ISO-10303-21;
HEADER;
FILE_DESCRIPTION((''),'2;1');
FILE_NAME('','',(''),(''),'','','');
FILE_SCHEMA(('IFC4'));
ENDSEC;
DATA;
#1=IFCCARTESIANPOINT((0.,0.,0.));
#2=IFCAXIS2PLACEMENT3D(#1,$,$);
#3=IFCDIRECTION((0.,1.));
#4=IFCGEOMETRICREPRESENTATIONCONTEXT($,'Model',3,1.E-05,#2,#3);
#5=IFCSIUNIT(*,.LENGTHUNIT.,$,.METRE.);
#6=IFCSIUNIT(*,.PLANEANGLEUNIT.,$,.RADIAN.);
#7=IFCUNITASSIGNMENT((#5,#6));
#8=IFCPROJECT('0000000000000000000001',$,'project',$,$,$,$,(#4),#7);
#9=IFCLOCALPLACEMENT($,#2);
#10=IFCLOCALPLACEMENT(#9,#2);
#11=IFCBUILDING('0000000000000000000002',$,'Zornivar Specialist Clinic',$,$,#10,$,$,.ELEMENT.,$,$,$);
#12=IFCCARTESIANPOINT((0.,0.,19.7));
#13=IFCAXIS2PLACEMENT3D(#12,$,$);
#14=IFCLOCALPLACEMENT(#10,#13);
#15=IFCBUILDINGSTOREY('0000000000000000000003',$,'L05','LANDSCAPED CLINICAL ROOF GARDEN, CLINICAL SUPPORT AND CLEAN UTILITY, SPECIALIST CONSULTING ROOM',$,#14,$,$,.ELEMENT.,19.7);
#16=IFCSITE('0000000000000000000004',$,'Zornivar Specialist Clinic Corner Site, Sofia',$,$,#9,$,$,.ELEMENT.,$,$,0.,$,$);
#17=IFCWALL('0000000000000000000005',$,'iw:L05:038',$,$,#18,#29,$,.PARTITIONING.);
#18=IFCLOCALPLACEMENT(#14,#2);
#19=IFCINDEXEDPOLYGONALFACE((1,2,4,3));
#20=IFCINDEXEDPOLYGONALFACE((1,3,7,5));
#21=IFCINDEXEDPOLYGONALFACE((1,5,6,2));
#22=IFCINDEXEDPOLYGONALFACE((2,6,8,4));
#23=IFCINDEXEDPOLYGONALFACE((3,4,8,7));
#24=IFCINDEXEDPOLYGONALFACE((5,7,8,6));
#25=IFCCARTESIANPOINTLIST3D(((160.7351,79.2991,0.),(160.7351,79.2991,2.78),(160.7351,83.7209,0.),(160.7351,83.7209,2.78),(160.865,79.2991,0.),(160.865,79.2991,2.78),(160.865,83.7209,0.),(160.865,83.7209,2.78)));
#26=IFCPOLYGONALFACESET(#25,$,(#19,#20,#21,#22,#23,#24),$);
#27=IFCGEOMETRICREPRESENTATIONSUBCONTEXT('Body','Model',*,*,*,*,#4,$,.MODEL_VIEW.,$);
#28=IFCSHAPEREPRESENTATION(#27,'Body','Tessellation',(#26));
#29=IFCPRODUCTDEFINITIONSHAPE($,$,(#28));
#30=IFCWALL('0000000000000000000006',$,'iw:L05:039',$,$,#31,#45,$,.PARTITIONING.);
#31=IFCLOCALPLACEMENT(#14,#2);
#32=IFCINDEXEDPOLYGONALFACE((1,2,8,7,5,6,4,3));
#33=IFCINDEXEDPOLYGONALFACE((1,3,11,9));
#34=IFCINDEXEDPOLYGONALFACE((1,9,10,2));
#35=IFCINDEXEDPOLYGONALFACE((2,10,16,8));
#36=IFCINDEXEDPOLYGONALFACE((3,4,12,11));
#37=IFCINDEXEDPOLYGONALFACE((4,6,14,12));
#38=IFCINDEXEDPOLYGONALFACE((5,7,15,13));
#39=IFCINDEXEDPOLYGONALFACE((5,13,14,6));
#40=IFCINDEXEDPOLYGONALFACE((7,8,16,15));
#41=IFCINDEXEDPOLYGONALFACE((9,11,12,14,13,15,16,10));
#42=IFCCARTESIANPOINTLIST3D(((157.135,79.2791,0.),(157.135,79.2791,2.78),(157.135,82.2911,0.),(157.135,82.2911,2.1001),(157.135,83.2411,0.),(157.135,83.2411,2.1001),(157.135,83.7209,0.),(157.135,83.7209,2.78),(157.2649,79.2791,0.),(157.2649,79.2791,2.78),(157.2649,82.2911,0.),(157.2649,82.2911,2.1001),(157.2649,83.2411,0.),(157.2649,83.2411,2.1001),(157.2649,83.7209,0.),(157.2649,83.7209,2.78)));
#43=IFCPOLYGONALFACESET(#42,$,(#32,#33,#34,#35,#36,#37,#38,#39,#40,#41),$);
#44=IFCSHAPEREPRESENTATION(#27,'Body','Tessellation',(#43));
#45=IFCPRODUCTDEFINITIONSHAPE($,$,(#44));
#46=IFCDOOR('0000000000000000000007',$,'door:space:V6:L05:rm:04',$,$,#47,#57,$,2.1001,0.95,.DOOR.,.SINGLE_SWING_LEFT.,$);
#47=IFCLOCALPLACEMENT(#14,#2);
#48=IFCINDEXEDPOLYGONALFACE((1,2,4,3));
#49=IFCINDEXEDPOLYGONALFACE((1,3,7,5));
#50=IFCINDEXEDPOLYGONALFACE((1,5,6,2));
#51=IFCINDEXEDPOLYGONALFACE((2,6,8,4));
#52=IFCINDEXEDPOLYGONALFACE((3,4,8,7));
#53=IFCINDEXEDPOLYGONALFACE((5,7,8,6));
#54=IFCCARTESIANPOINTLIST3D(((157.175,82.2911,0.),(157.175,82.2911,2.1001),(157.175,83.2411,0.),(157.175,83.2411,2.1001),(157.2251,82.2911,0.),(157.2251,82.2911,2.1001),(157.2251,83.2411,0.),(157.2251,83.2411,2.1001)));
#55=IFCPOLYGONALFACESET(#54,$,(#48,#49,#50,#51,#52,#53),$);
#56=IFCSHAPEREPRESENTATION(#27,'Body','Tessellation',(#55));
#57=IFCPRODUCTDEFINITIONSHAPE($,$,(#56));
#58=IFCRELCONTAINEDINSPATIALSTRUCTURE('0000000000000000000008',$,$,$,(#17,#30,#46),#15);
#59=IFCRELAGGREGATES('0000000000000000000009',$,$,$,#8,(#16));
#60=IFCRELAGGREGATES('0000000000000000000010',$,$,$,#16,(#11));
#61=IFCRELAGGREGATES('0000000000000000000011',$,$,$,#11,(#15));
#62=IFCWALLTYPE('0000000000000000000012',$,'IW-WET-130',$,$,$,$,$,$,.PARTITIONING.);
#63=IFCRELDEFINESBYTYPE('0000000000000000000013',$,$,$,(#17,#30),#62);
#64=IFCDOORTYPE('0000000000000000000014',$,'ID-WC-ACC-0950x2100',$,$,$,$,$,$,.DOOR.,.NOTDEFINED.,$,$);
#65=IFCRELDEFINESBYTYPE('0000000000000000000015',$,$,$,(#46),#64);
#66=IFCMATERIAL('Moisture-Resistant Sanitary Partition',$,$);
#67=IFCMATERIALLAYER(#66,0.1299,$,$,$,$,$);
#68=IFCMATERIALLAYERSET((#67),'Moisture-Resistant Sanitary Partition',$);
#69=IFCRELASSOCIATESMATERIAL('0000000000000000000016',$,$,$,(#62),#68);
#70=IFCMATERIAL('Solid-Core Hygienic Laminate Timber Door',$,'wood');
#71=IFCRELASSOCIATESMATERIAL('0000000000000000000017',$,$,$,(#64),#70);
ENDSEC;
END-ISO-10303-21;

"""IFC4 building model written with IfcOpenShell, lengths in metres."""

from ifc_helpers import new_model, si_unit, direction, frame, frame_2d, origin, place, context, subcontext, project, spatial, rectangle, extrude, material, layer, layer_set, type_object, element, fill, save


model = new_model("IFC4")

# Units and contexts
model_context = context("Model", 3, precision=1e-05, world=origin(), true_north=direction((0.0, 1.0)))
body_context = subcontext(model_context, "Body", "Model", "MODEL_VIEW")
ifc_project = project(units=[si_unit("LENGTHUNIT", "METRE"), si_unit("PLANEANGLEUNIT", "RADIAN")], contexts=[model_context])

# Site, building, storey
site_placement = place(None, origin())
site = spatial("IfcSite", under=ifc_project, at=site_placement, Name="Zornivar Specialist Clinic Corner Site, Sofia", CompositionType="ELEMENT", RefElevation=0.0)
building_placement = place(site_placement, origin())
building = spatial("IfcBuilding", under=site, at=building_placement, Name="Zornivar Specialist Clinic", CompositionType="ELEMENT")
storey_placement = place(building_placement, frame((0.0, 0.0, 19.7)))
storey = spatial("IfcBuildingStorey", under=building, at=storey_placement, Name="L05", Description="LANDSCAPED CLINICAL ROOF GARDEN, CLINICAL SUPPORT AND CLEAN UTILITY, SPECIALIST CONSULTING ROOM", CompositionType="ELEMENT", Elevation=19.7)

# Wall
ifc_material_1 = material(Name="Moisture-Resistant Sanitary Partition")
ifc_layer_1 = layer(ifc_material_1, 0.1299)
ifc_layer_set_1 = layer_set([ifc_layer_1], Name="Moisture-Resistant Sanitary Partition")
wall_type_1 = type_object("IfcWallType", Name="IW-WET-130", PredefinedType="PARTITIONING", material=ifc_layer_set_1)
wall_1_placement = place(storey_placement, frame((160.8, 83.7209, 0.0), z_axis=(0.0, 0.0, 1.0), x_axis=(0.0, -1.0, 0.0)))
element("IfcWall", 1, at=wall_1_placement, inside=storey, type_object=wall_type_1, Name="iw:L05:038", PredefinedType="PARTITIONING", context=body_context, shape_type="SweptSolid", body=[
    extrude(rectangle(XDim=4.4219, YDim=0.1299, at=frame_2d((2.2109, 0.0))), origin(), (0.0, 0.0, 1.0), 2.78),
])

# Wall, opening, door
wall_2_placement = place(storey_placement, frame((157.2, 79.2791, 0.0), z_axis=(0.0, 0.0, 1.0), x_axis=(0.0, 1.0, 0.0)))
wall_2 = element("IfcWall", 2, at=wall_2_placement, inside=storey, type_object=wall_type_1, Name="iw:L05:039", PredefinedType="PARTITIONING", context=body_context, shape_type="SweptSolid", body=[
    extrude(rectangle(XDim=4.4419, YDim=0.1299, at=frame_2d((2.2209, 0.0))), origin(), (0.0, 0.0, 1.0), 2.78),
])
opening_1_placement = place(wall_2_placement, frame((3.012, 0.0, 0.0)))
opening_1 = element("IfcOpeningElement", 3, at=opening_1_placement, cuts=wall_2, PredefinedType="OPENING", context=body_context, shape_type="SweptSolid", body=[
    extrude(rectangle(XDim=0.95, YDim=2.1001, at=frame_2d((0.4751, 1.05))), frame((0.0, 0.075, 0.0), z_axis=(0.0, -1.0, 0.0), x_axis=(1.0, 0.0, 0.0)), (0.0, 0.0, 1.0), 0.1499),
])
ifc_material_2 = material(Name="Solid-Core Hygienic Laminate Timber Door", Category="wood")
door_type_1 = type_object("IfcDoorType", Name="ID-WC-ACC-0950x2100", OperationType="NOTDEFINED", PredefinedType="DOOR", material=ifc_material_2)
door_1_placement = place(opening_1_placement, origin())
door_1 = element("IfcDoor", 4, at=door_1_placement, inside=storey, type_object=door_type_1, Name="door:space:V6:L05:rm:04", OperationType="SINGLE_SWING_LEFT", OverallHeight=2.1001, OverallWidth=0.95, PredefinedType="DOOR", context=body_context, shape_type="SweptSolid", body=[
    extrude(rectangle(XDim=0.95, YDim=2.1001, at=frame_2d((0.4751, 1.05))), frame((0.0, 0.0249, 0.0), z_axis=(0.0, -1.0, 0.0), x_axis=(1.0, 0.0, 0.0)), (0.0, 0.0, 1.0), 0.05),
])
fill(opening_1, door_1)

save(model, "model.ifc")
